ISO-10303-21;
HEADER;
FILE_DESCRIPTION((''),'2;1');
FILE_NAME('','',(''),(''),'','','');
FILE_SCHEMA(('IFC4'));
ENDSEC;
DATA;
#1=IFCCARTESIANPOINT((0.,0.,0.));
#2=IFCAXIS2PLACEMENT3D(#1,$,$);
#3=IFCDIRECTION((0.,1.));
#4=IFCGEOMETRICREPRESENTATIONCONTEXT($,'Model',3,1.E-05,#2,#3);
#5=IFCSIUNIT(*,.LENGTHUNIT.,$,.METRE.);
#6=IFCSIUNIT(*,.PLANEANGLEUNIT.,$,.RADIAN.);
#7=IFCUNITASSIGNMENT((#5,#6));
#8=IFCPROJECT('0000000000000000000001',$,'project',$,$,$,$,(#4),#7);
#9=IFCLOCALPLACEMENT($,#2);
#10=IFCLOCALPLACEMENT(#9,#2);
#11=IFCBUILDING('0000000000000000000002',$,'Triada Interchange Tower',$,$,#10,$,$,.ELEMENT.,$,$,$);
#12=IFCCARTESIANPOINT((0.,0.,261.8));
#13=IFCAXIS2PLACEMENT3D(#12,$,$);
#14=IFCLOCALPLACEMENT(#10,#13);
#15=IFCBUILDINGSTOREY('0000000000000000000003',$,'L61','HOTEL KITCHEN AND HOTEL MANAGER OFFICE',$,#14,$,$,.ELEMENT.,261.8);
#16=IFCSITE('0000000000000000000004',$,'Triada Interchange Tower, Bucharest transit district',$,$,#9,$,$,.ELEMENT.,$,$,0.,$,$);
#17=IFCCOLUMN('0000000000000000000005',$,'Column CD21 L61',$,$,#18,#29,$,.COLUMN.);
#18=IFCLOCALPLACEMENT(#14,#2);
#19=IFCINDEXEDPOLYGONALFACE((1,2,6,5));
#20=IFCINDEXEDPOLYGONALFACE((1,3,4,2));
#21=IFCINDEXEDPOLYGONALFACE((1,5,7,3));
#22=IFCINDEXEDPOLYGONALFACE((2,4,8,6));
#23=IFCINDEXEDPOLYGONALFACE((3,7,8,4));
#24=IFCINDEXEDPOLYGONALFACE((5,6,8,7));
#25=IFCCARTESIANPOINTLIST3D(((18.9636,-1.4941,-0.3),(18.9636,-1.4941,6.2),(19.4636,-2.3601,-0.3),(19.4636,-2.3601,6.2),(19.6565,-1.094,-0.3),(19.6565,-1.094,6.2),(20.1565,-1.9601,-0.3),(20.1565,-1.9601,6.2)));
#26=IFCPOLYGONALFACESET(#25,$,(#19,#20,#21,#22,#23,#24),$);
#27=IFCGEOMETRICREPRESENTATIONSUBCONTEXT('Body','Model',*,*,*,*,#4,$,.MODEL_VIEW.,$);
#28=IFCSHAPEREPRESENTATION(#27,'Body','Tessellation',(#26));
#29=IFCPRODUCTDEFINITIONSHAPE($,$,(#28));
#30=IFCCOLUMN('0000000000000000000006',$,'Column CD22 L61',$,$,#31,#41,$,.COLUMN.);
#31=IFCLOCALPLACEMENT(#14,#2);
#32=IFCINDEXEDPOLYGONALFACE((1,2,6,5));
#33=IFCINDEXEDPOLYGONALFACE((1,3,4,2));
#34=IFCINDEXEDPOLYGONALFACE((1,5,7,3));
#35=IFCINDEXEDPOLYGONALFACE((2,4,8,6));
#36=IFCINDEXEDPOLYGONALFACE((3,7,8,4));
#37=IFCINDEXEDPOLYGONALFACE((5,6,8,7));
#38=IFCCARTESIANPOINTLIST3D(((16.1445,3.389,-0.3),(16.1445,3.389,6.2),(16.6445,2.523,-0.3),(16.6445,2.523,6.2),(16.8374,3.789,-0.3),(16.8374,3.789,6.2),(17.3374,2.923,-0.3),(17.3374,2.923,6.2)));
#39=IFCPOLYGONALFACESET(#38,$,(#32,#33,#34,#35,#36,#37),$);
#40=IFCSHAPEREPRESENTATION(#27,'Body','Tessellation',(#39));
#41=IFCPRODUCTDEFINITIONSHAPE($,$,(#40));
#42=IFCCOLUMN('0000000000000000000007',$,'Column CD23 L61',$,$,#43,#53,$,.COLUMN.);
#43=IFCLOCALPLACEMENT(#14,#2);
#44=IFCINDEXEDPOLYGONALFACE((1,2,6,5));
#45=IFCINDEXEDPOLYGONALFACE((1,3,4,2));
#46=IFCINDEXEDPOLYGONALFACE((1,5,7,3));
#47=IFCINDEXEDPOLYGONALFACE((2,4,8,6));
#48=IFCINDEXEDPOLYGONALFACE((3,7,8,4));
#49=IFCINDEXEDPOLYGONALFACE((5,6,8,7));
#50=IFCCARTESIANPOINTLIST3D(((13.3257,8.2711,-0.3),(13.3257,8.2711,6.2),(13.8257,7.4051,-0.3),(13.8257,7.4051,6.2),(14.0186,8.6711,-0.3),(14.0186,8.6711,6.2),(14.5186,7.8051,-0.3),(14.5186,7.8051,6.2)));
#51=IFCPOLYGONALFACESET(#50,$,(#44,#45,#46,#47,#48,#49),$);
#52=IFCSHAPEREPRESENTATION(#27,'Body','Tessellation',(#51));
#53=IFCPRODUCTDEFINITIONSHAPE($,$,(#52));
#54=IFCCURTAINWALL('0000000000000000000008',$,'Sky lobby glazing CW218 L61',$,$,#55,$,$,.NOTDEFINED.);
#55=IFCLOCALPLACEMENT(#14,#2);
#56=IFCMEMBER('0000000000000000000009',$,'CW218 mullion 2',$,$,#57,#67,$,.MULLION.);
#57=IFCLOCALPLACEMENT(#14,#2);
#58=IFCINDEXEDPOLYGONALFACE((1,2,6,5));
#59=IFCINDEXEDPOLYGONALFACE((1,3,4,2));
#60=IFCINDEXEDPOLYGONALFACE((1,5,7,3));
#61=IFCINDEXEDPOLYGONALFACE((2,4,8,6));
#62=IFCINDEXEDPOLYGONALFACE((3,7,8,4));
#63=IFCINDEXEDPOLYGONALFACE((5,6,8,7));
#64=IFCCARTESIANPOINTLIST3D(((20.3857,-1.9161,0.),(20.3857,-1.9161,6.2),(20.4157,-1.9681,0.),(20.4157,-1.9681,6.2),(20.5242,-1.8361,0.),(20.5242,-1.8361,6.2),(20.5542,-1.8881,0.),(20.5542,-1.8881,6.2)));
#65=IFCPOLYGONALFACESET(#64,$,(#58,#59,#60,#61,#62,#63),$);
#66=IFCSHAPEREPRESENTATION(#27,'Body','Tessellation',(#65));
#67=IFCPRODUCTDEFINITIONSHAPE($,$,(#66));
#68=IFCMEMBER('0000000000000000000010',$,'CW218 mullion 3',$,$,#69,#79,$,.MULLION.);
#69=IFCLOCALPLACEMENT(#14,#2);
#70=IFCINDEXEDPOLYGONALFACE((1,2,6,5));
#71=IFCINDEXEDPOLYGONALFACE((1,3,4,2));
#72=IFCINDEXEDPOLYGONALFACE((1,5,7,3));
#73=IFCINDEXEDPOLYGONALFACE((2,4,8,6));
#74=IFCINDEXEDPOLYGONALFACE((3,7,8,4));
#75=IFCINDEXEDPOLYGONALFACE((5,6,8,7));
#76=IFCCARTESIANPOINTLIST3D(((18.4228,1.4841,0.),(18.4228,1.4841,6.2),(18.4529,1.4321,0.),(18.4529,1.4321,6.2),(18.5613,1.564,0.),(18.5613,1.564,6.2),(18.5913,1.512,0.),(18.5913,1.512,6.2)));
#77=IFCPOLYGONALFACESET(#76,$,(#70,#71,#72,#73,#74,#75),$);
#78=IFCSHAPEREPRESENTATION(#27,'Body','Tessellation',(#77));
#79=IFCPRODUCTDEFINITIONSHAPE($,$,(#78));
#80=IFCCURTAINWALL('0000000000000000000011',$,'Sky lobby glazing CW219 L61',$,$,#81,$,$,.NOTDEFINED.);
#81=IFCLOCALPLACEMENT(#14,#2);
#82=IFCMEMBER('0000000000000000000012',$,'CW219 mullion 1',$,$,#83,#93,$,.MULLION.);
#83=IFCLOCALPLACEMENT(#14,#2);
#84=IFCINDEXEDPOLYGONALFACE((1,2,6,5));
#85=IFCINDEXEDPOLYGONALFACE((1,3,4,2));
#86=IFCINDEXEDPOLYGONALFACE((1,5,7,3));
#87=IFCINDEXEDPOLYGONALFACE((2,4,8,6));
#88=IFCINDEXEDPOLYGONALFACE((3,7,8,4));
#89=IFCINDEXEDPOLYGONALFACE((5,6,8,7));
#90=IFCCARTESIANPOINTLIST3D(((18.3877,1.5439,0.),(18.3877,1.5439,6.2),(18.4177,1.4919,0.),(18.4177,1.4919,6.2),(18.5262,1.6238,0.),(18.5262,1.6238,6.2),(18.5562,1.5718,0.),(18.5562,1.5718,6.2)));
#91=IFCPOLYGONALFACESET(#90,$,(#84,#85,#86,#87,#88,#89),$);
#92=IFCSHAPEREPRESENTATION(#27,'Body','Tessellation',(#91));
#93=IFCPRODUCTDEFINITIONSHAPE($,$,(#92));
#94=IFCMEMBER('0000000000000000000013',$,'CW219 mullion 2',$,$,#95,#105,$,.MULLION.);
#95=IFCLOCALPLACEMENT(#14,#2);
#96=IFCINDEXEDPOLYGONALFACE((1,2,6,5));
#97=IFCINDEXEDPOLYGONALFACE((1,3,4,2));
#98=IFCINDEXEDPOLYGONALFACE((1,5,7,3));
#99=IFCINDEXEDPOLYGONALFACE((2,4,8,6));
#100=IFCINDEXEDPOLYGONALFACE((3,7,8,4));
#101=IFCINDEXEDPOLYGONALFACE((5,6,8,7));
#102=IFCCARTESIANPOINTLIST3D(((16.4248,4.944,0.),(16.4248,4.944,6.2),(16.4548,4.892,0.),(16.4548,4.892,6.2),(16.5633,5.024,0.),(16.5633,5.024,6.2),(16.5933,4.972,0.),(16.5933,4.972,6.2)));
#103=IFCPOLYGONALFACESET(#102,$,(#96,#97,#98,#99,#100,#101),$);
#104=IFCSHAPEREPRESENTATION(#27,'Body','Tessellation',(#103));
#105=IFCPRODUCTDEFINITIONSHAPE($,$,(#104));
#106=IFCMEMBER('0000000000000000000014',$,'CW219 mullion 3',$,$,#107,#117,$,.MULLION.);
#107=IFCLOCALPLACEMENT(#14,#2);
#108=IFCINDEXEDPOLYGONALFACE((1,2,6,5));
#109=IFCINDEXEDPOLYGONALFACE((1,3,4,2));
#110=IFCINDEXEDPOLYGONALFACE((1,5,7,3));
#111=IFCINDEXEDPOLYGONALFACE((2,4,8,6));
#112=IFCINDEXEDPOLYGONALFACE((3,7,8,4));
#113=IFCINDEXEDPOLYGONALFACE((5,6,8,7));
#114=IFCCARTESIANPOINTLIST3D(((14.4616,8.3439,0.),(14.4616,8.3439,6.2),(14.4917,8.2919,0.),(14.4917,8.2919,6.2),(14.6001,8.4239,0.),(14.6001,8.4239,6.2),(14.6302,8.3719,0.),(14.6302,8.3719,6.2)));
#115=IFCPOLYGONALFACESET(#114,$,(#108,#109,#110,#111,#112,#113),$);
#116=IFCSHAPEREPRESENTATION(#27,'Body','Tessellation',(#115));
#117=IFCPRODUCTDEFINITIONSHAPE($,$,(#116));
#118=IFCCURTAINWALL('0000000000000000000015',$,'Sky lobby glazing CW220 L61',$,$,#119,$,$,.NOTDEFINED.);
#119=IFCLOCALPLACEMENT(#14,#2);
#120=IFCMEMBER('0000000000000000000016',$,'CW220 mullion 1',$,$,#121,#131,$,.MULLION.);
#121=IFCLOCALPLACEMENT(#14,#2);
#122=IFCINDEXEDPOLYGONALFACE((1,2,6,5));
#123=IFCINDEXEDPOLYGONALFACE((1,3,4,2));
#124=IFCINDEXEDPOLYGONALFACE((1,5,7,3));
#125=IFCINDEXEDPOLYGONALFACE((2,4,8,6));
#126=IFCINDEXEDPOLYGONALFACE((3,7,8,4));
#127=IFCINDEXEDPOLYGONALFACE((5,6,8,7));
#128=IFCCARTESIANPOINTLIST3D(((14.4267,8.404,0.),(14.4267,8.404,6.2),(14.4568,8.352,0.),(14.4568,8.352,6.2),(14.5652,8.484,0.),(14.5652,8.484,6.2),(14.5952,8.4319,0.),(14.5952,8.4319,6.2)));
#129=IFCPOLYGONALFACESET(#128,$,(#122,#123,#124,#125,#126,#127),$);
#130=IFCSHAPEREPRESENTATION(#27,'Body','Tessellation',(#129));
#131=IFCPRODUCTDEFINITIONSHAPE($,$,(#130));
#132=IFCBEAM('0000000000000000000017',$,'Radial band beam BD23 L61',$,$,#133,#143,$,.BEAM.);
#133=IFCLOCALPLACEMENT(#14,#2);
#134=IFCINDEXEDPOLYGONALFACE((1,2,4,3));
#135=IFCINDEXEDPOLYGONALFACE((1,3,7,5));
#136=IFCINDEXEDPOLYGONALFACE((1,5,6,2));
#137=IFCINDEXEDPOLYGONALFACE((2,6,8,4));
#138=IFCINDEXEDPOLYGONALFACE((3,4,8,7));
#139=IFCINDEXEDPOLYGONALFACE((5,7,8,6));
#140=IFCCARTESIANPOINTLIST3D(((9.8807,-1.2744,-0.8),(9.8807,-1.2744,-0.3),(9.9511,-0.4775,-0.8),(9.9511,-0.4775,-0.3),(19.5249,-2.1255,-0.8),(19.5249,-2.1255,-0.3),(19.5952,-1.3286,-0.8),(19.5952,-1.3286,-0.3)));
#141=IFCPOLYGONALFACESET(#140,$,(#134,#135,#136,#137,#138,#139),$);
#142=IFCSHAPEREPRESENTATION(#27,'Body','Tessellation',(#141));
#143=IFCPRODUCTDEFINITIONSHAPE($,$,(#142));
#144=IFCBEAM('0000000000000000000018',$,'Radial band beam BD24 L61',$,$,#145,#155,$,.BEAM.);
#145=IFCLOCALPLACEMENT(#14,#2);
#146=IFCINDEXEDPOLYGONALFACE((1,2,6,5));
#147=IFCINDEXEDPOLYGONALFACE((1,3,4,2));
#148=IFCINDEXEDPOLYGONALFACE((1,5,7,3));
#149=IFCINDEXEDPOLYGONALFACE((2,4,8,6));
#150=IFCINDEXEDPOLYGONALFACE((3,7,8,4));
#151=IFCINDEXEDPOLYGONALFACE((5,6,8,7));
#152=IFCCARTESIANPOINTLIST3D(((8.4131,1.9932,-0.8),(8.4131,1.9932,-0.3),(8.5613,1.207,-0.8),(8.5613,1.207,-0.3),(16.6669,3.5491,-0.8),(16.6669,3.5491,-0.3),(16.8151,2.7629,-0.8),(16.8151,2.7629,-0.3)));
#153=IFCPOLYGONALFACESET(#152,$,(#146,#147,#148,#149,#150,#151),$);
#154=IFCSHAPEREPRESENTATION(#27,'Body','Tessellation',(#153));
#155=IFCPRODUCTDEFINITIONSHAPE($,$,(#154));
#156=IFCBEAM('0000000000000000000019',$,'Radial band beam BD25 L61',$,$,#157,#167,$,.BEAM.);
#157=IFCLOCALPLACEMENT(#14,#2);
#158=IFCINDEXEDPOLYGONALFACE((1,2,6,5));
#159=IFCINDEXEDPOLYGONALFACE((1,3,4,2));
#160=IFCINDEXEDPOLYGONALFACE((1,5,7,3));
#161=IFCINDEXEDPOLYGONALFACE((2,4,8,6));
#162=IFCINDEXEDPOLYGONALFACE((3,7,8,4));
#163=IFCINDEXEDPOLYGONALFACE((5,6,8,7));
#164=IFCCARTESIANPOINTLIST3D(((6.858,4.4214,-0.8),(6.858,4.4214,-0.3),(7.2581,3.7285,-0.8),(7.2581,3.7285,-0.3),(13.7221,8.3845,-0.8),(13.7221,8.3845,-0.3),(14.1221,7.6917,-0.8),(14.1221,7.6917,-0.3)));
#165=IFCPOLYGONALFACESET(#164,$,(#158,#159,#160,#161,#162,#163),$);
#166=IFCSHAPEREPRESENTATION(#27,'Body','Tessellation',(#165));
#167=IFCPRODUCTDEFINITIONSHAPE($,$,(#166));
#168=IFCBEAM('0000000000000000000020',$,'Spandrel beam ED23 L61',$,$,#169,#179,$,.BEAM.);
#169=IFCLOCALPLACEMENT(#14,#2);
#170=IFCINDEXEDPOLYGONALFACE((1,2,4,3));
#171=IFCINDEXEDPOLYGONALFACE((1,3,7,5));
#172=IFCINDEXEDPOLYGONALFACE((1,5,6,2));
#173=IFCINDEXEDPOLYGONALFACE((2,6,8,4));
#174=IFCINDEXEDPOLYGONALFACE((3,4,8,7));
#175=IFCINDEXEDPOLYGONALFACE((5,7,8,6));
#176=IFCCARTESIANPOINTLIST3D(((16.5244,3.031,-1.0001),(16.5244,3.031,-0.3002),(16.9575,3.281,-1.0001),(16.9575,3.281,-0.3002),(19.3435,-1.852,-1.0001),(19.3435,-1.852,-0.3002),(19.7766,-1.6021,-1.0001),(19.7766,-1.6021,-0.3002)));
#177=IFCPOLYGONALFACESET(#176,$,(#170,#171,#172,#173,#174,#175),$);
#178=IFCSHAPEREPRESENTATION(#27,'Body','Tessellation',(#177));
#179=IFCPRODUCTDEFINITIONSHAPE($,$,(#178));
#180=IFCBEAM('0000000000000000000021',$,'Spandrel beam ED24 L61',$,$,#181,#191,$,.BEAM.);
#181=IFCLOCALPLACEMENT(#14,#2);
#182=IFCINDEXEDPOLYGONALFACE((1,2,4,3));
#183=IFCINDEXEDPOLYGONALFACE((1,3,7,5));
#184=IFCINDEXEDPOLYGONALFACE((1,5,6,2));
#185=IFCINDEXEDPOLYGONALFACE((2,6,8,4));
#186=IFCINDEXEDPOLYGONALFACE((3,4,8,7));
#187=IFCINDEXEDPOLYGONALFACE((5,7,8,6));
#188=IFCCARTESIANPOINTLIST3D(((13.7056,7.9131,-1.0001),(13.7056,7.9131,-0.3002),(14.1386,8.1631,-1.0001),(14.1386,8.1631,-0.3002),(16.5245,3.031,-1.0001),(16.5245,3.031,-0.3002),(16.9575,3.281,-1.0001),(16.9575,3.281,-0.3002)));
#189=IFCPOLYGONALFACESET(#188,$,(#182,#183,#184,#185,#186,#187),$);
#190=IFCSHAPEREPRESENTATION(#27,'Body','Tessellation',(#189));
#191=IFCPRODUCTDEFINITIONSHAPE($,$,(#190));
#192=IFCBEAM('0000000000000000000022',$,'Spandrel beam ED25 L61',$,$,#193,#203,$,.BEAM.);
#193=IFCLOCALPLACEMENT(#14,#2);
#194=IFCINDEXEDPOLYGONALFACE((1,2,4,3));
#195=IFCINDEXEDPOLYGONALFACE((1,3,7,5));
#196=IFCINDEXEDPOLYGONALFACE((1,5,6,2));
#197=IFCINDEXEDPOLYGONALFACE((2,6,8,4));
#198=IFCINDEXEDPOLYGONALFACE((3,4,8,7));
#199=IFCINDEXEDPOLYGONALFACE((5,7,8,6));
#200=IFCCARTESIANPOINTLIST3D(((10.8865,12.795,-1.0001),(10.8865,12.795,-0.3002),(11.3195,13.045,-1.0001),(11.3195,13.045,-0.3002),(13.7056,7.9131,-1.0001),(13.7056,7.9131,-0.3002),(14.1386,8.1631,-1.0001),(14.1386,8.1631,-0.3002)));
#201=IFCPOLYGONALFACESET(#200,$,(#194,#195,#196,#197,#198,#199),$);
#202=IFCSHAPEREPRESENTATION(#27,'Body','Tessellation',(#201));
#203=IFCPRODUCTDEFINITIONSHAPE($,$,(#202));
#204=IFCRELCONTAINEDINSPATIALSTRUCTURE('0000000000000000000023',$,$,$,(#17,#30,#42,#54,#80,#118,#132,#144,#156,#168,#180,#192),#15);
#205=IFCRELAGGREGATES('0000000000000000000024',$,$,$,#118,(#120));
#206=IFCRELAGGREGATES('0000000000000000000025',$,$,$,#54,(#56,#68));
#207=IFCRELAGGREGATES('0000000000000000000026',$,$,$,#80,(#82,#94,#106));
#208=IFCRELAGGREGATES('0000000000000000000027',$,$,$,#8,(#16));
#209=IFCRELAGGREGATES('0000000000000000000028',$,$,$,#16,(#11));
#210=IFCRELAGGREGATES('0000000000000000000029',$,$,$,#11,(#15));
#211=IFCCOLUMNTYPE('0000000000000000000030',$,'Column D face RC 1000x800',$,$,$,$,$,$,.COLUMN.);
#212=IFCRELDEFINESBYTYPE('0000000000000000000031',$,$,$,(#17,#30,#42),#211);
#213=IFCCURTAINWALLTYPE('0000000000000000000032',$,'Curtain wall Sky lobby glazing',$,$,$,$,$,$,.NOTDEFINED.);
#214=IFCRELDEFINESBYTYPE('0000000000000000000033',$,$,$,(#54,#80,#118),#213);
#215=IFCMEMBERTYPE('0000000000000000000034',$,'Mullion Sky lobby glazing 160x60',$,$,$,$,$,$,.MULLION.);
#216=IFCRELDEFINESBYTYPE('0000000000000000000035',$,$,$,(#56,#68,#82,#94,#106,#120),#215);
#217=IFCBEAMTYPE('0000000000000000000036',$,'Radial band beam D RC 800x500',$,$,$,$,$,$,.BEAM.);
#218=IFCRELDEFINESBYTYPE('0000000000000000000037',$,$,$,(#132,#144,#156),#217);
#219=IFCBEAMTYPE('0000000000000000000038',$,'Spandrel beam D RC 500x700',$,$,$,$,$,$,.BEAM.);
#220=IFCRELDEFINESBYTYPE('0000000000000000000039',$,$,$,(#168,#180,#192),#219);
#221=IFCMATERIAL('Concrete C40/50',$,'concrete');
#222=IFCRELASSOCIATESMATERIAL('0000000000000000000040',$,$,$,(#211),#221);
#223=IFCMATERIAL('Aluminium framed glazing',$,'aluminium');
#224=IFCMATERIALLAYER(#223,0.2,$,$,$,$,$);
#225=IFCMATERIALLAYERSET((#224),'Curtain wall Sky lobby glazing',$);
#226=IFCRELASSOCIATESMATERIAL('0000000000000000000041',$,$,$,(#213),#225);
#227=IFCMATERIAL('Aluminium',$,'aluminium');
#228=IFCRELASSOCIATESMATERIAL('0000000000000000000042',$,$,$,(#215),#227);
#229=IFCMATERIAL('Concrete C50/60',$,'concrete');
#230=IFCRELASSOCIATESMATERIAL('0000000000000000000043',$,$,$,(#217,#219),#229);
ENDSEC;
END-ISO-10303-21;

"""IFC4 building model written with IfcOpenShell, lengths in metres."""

from ifc_helpers import new_model, si_unit, direction, frame, origin, origin_2d, place, context, subcontext, project, spatial, rectangle, extrude, material, layer, layer_set, material_profile, profile_set, type_object, element, aggregate, save


model = new_model("IFC4")

# Units and contexts
model_context = context("Model", 3, precision=1e-05, world=origin(), true_north=direction((0.0, 1.0)))
body_context = subcontext(model_context, "Body", "Model", "MODEL_VIEW")
ifc_project = project(units=[si_unit("LENGTHUNIT", "METRE"), si_unit("PLANEANGLEUNIT", "RADIAN")], contexts=[model_context])

# Site, building, storey
site_placement = place(None, origin())
site = spatial("IfcSite", under=ifc_project, at=site_placement, Name="Triada Interchange Tower, Bucharest transit district", CompositionType="ELEMENT", RefElevation=0.0)
building_placement = place(site_placement, origin())
building = spatial("IfcBuilding", under=site, at=building_placement, Name="Triada Interchange Tower", CompositionType="ELEMENT")
storey_placement = place(building_placement, frame((0.0, 0.0, 261.8)))
storey = spatial("IfcBuildingStorey", under=building, at=storey_placement, Name="L61", Description="HOTEL KITCHEN AND HOTEL MANAGER OFFICE", CompositionType="ELEMENT", Elevation=261.8)

# Columns
ifc_material_1 = material(Name="Concrete C40/50", Category="concrete")
ifc_material_profile_1 = material_profile(ifc_material_1, rectangle(XDim=1.0, YDim=0.8, at=origin_2d()), Name="RC 1000x800")
ifc_profile_set_1 = profile_set([ifc_material_profile_1], Name="Concrete C40/50")
column_type = type_object("IfcColumnType", Name="Column D face RC 1000x800", PredefinedType="COLUMN", material=ifc_profile_set_1)
for number, where, z_axis, x_axis, name in (
    (1, (19.5601, -1.7271, -0.3), (0.0, 0.0, 1.0), (-0.5, 0.866025, 0.0), "Column CD21 L61"),
    (2, (16.741, 3.156, -0.3), (0.0, 0.0, 1.0), (-0.5, 0.866025, 0.0), "Column CD22 L61"),
    (3, (13.9221, 8.0381, -0.3), (0.0, 0.0, 1.0), (-0.5, 0.866025, 0.0), "Column CD23 L61"),
):
    element("IfcColumn", number, at=place(storey_placement, frame(where, z_axis=z_axis, x_axis=x_axis)), inside=storey, type_object=column_type, Name=name, PredefinedType="COLUMN", context=body_context, shape_type="SweptSolid", body=[
        extrude(rectangle(XDim=1.0, YDim=0.8, at=origin_2d()), origin(), (0.0, 0.0, 1.0), 6.5),
    ])

# Curtain walls, members
ifc_material_2 = material(Name="Aluminium framed glazing", Category="aluminium")
ifc_layer_1 = layer(ifc_material_2, 0.2)
ifc_layer_set_1 = layer_set([ifc_layer_1], Name="Curtain wall Sky lobby glazing")
curtain_wall_type = type_object("IfcCurtainWallType", Name="Curtain wall Sky lobby glazing", PredefinedType="NOTDEFINED", material=ifc_layer_set_1)
curtain_wall_1_placement = place(storey_placement, origin())
curtain_wall_1 = element("IfcCurtainWall", 4, at=curtain_wall_1_placement, inside=storey, type_object=curtain_wall_type, Name="Sky lobby glazing CW218 L61", PredefinedType="NOTDEFINED")
ifc_material_3 = material(Name="Aluminium", Category="aluminium")
ifc_material_profile_2 = material_profile(ifc_material_3, rectangle(XDim=0.1599, YDim=0.0601, at=origin_2d()), Name="Aluminium mullion")
ifc_profile_set_2 = profile_set([ifc_material_profile_2], Name="Aluminium")
member_type_1 = type_object("IfcMemberType", Name="Mullion Sky lobby glazing 160x60", PredefinedType="MULLION", material=ifc_profile_set_2)
member_1_placement = place(storey_placement, frame((20.47, -1.9021, 0.0), z_axis=(0.0, 0.0, 1.0), x_axis=(-0.866026, -0.5, 0.0)))
member_1 = element("IfcMember", 5, at=member_1_placement, type_object=member_type_1, Name="CW218 mullion 2", PredefinedType="MULLION", context=body_context, shape_type="SweptSolid", body=[
    extrude(rectangle(XDim=0.1599, YDim=0.0601, at=origin_2d()), origin(), (0.0, 0.0, 1.0), 6.2),
])
member_2_placement = place(storey_placement, frame((18.5071, 1.498, 0.0), z_axis=(0.0, 0.0, 1.0), x_axis=(-0.866026, -0.5, 0.0)))
member_2 = element("IfcMember", 6, at=member_2_placement, type_object=member_type_1, Name="CW218 mullion 3", PredefinedType="MULLION", context=body_context, shape_type="SweptSolid", body=[
    extrude(rectangle(XDim=0.1599, YDim=0.0601, at=origin_2d()), origin(), (0.0, 0.0, 1.0), 6.2),
])
curtain_wall_2_placement = place(storey_placement, origin())
curtain_wall_2 = element("IfcCurtainWall", 7, at=curtain_wall_2_placement, inside=storey, type_object=curtain_wall_type, Name="Sky lobby glazing CW219 L61", PredefinedType="NOTDEFINED")
member_3_placement = place(storey_placement, frame((18.4719, 1.5579, 0.0), z_axis=(0.0, 0.0, 1.0), x_axis=(-0.866026, -0.5, 0.0)))
member_3 = element("IfcMember", 8, at=member_3_placement, type_object=member_type_1, Name="CW219 mullion 1", PredefinedType="MULLION", context=body_context, shape_type="SweptSolid", body=[
    extrude(rectangle(XDim=0.1599, YDim=0.0601, at=origin_2d()), origin(), (0.0, 0.0, 1.0), 6.2),
])
member_4_placement = place(storey_placement, frame((16.509, 4.958, 0.0), z_axis=(0.0, 0.0, 1.0), x_axis=(-0.866026, -0.5, 0.0)))
member_4 = element("IfcMember", 9, at=member_4_placement, type_object=member_type_1, Name="CW219 mullion 2", PredefinedType="MULLION", context=body_context, shape_type="SweptSolid", body=[
    extrude(rectangle(XDim=0.1599, YDim=0.0601, at=origin_2d()), origin(), (0.0, 0.0, 1.0), 6.2),
])
member_5_placement = place(storey_placement, frame((14.5459, 8.3579, 0.0), z_axis=(0.0, 0.0, 1.0), x_axis=(-0.866026, -0.5, 0.0)))
member_5 = element("IfcMember", 10, at=member_5_placement, type_object=member_type_1, Name="CW219 mullion 3", PredefinedType="MULLION", context=body_context, shape_type="SweptSolid", body=[
    extrude(rectangle(XDim=0.1599, YDim=0.0601, at=origin_2d()), origin(), (0.0, 0.0, 1.0), 6.2),
])

# Curtain wall, member
curtain_wall_3_placement = place(storey_placement, origin())
curtain_wall_3 = element("IfcCurtainWall", 11, at=curtain_wall_3_placement, inside=storey, type_object=curtain_wall_type, Name="Sky lobby glazing CW220 L61", PredefinedType="NOTDEFINED")
member_6_placement = place(storey_placement, frame((14.511, 8.418, 0.0), z_axis=(0.0, 0.0, 1.0), x_axis=(-0.866026, -0.5, 0.0)))
member_6 = element("IfcMember", 12, at=member_6_placement, type_object=member_type_1, Name="CW220 mullion 1", PredefinedType="MULLION", context=body_context, shape_type="SweptSolid", body=[
    extrude(rectangle(XDim=0.1599, YDim=0.0601, at=origin_2d()), origin(), (0.0, 0.0, 1.0), 6.2),
])

# Beams
ifc_material_4 = material(Name="Concrete C50/60", Category="concrete")
ifc_material_profile_3 = material_profile(ifc_material_4, rectangle(XDim=0.8, YDim=0.5, at=origin_2d()), Name="RC 800x500")
ifc_profile_set_3 = profile_set([ifc_material_profile_3], Name="Concrete C50/60")
beam_type_1 = type_object("IfcBeamType", Name="Radial band beam D RC 800x500", PredefinedType="BEAM", material=ifc_profile_set_3)
beam_1_placement = place(storey_placement, frame((19.5601, -1.7271, -0.55), z_axis=(-0.996129, 0.087907, 0.0), x_axis=(-0.087907, -0.996129, 0.0)))
element("IfcBeam", 13, at=beam_1_placement, inside=storey, type_object=beam_type_1, Name="Radial band beam BD23 L61", PredefinedType="BEAM", context=body_context, shape_type="SweptSolid", body=[
    extrude(rectangle(XDim=0.8, YDim=0.5, at=origin_2d()), origin(), (0.0, 0.0, 1.0), 9.6816),
])
beam_2_placement = place(storey_placement, frame((16.741, 3.156, -0.55), z_axis=(-0.982693, -0.185243, 0.0), x_axis=(0.185243, -0.982693, 0.0)))
element("IfcBeam", 14, at=beam_2_placement, inside=storey, type_object=beam_type_1, Name="Radial band beam BD24 L61", PredefinedType="BEAM", context=body_context, shape_type="SweptSolid", body=[
    extrude(rectangle(XDim=0.8, YDim=0.5, at=origin_2d()), origin(), (0.0, 0.0, 1.0), 8.3992),
])
beam_3_placement = place(storey_placement, frame((13.9221, 8.0381, -0.55), z_axis=(-0.866015, -0.500018, 0.0), x_axis=(0.500018, -0.866015, 0.0)))
element("IfcBeam", 15, at=beam_3_placement, inside=storey, type_object=beam_type_1, Name="Radial band beam BD25 L61", PredefinedType="BEAM", context=body_context, shape_type="SweptSolid", body=[
    extrude(rectangle(XDim=0.8, YDim=0.5, at=origin_2d()), origin(), (0.0, 0.0, 1.0), 7.926),
])
ifc_material_profile_4 = material_profile(ifc_material_4, rectangle(XDim=0.5, YDim=0.7, at=origin_2d()), Name="RC 500x700")
ifc_profile_set_4 = profile_set([ifc_material_profile_4], Name="Concrete C50/60")
beam_type_2 = type_object("IfcBeamType", Name="Spandrel beam D RC 500x700", PredefinedType="BEAM", material=ifc_profile_set_4)
beam_4_placement = place(storey_placement, frame((19.5601, -1.7271, -0.6501), z_axis=(-0.499981, 0.866036, 0.0), x_axis=(-0.866036, -0.499981, 0.0)))
element("IfcBeam", 16, at=beam_4_placement, inside=storey, type_object=beam_type_2, Name="Spandrel beam ED23 L61", PredefinedType="BEAM", context=body_context, shape_type="SweptSolid", body=[
    extrude(rectangle(XDim=0.5, YDim=0.7, at=origin_2d()), origin(), (0.0, 0.0, 1.0), 5.6384),
])
for number, where, z_axis, x_axis, name in (
    (17, (16.741, 3.156, -0.6501), (-0.500024, 0.866012, 0.0), (-0.866012, -0.500024, 0.0), "Spandrel beam ED24 L61"),
    (18, (13.9221, 8.0381, -0.6501), (-0.500075, 0.865982, 0.0), (-0.865982, -0.500075, 0.0), "Spandrel beam ED25 L61"),
):
    element("IfcBeam", number, at=place(storey_placement, frame(where, z_axis=z_axis, x_axis=x_axis)), inside=storey, type_object=beam_type_2, Name=name, PredefinedType="BEAM", context=body_context, shape_type="SweptSolid", body=[
        extrude(rectangle(XDim=0.5, YDim=0.7, at=origin_2d()), origin(), (0.0, 0.0, 1.0), 5.6375),
    ])

aggregate(curtain_wall_3, [member_6])

aggregate(curtain_wall_1, [member_1, member_2])
aggregate(curtain_wall_2, [member_3, member_4, member_5])

save(model, "model.ifc")
